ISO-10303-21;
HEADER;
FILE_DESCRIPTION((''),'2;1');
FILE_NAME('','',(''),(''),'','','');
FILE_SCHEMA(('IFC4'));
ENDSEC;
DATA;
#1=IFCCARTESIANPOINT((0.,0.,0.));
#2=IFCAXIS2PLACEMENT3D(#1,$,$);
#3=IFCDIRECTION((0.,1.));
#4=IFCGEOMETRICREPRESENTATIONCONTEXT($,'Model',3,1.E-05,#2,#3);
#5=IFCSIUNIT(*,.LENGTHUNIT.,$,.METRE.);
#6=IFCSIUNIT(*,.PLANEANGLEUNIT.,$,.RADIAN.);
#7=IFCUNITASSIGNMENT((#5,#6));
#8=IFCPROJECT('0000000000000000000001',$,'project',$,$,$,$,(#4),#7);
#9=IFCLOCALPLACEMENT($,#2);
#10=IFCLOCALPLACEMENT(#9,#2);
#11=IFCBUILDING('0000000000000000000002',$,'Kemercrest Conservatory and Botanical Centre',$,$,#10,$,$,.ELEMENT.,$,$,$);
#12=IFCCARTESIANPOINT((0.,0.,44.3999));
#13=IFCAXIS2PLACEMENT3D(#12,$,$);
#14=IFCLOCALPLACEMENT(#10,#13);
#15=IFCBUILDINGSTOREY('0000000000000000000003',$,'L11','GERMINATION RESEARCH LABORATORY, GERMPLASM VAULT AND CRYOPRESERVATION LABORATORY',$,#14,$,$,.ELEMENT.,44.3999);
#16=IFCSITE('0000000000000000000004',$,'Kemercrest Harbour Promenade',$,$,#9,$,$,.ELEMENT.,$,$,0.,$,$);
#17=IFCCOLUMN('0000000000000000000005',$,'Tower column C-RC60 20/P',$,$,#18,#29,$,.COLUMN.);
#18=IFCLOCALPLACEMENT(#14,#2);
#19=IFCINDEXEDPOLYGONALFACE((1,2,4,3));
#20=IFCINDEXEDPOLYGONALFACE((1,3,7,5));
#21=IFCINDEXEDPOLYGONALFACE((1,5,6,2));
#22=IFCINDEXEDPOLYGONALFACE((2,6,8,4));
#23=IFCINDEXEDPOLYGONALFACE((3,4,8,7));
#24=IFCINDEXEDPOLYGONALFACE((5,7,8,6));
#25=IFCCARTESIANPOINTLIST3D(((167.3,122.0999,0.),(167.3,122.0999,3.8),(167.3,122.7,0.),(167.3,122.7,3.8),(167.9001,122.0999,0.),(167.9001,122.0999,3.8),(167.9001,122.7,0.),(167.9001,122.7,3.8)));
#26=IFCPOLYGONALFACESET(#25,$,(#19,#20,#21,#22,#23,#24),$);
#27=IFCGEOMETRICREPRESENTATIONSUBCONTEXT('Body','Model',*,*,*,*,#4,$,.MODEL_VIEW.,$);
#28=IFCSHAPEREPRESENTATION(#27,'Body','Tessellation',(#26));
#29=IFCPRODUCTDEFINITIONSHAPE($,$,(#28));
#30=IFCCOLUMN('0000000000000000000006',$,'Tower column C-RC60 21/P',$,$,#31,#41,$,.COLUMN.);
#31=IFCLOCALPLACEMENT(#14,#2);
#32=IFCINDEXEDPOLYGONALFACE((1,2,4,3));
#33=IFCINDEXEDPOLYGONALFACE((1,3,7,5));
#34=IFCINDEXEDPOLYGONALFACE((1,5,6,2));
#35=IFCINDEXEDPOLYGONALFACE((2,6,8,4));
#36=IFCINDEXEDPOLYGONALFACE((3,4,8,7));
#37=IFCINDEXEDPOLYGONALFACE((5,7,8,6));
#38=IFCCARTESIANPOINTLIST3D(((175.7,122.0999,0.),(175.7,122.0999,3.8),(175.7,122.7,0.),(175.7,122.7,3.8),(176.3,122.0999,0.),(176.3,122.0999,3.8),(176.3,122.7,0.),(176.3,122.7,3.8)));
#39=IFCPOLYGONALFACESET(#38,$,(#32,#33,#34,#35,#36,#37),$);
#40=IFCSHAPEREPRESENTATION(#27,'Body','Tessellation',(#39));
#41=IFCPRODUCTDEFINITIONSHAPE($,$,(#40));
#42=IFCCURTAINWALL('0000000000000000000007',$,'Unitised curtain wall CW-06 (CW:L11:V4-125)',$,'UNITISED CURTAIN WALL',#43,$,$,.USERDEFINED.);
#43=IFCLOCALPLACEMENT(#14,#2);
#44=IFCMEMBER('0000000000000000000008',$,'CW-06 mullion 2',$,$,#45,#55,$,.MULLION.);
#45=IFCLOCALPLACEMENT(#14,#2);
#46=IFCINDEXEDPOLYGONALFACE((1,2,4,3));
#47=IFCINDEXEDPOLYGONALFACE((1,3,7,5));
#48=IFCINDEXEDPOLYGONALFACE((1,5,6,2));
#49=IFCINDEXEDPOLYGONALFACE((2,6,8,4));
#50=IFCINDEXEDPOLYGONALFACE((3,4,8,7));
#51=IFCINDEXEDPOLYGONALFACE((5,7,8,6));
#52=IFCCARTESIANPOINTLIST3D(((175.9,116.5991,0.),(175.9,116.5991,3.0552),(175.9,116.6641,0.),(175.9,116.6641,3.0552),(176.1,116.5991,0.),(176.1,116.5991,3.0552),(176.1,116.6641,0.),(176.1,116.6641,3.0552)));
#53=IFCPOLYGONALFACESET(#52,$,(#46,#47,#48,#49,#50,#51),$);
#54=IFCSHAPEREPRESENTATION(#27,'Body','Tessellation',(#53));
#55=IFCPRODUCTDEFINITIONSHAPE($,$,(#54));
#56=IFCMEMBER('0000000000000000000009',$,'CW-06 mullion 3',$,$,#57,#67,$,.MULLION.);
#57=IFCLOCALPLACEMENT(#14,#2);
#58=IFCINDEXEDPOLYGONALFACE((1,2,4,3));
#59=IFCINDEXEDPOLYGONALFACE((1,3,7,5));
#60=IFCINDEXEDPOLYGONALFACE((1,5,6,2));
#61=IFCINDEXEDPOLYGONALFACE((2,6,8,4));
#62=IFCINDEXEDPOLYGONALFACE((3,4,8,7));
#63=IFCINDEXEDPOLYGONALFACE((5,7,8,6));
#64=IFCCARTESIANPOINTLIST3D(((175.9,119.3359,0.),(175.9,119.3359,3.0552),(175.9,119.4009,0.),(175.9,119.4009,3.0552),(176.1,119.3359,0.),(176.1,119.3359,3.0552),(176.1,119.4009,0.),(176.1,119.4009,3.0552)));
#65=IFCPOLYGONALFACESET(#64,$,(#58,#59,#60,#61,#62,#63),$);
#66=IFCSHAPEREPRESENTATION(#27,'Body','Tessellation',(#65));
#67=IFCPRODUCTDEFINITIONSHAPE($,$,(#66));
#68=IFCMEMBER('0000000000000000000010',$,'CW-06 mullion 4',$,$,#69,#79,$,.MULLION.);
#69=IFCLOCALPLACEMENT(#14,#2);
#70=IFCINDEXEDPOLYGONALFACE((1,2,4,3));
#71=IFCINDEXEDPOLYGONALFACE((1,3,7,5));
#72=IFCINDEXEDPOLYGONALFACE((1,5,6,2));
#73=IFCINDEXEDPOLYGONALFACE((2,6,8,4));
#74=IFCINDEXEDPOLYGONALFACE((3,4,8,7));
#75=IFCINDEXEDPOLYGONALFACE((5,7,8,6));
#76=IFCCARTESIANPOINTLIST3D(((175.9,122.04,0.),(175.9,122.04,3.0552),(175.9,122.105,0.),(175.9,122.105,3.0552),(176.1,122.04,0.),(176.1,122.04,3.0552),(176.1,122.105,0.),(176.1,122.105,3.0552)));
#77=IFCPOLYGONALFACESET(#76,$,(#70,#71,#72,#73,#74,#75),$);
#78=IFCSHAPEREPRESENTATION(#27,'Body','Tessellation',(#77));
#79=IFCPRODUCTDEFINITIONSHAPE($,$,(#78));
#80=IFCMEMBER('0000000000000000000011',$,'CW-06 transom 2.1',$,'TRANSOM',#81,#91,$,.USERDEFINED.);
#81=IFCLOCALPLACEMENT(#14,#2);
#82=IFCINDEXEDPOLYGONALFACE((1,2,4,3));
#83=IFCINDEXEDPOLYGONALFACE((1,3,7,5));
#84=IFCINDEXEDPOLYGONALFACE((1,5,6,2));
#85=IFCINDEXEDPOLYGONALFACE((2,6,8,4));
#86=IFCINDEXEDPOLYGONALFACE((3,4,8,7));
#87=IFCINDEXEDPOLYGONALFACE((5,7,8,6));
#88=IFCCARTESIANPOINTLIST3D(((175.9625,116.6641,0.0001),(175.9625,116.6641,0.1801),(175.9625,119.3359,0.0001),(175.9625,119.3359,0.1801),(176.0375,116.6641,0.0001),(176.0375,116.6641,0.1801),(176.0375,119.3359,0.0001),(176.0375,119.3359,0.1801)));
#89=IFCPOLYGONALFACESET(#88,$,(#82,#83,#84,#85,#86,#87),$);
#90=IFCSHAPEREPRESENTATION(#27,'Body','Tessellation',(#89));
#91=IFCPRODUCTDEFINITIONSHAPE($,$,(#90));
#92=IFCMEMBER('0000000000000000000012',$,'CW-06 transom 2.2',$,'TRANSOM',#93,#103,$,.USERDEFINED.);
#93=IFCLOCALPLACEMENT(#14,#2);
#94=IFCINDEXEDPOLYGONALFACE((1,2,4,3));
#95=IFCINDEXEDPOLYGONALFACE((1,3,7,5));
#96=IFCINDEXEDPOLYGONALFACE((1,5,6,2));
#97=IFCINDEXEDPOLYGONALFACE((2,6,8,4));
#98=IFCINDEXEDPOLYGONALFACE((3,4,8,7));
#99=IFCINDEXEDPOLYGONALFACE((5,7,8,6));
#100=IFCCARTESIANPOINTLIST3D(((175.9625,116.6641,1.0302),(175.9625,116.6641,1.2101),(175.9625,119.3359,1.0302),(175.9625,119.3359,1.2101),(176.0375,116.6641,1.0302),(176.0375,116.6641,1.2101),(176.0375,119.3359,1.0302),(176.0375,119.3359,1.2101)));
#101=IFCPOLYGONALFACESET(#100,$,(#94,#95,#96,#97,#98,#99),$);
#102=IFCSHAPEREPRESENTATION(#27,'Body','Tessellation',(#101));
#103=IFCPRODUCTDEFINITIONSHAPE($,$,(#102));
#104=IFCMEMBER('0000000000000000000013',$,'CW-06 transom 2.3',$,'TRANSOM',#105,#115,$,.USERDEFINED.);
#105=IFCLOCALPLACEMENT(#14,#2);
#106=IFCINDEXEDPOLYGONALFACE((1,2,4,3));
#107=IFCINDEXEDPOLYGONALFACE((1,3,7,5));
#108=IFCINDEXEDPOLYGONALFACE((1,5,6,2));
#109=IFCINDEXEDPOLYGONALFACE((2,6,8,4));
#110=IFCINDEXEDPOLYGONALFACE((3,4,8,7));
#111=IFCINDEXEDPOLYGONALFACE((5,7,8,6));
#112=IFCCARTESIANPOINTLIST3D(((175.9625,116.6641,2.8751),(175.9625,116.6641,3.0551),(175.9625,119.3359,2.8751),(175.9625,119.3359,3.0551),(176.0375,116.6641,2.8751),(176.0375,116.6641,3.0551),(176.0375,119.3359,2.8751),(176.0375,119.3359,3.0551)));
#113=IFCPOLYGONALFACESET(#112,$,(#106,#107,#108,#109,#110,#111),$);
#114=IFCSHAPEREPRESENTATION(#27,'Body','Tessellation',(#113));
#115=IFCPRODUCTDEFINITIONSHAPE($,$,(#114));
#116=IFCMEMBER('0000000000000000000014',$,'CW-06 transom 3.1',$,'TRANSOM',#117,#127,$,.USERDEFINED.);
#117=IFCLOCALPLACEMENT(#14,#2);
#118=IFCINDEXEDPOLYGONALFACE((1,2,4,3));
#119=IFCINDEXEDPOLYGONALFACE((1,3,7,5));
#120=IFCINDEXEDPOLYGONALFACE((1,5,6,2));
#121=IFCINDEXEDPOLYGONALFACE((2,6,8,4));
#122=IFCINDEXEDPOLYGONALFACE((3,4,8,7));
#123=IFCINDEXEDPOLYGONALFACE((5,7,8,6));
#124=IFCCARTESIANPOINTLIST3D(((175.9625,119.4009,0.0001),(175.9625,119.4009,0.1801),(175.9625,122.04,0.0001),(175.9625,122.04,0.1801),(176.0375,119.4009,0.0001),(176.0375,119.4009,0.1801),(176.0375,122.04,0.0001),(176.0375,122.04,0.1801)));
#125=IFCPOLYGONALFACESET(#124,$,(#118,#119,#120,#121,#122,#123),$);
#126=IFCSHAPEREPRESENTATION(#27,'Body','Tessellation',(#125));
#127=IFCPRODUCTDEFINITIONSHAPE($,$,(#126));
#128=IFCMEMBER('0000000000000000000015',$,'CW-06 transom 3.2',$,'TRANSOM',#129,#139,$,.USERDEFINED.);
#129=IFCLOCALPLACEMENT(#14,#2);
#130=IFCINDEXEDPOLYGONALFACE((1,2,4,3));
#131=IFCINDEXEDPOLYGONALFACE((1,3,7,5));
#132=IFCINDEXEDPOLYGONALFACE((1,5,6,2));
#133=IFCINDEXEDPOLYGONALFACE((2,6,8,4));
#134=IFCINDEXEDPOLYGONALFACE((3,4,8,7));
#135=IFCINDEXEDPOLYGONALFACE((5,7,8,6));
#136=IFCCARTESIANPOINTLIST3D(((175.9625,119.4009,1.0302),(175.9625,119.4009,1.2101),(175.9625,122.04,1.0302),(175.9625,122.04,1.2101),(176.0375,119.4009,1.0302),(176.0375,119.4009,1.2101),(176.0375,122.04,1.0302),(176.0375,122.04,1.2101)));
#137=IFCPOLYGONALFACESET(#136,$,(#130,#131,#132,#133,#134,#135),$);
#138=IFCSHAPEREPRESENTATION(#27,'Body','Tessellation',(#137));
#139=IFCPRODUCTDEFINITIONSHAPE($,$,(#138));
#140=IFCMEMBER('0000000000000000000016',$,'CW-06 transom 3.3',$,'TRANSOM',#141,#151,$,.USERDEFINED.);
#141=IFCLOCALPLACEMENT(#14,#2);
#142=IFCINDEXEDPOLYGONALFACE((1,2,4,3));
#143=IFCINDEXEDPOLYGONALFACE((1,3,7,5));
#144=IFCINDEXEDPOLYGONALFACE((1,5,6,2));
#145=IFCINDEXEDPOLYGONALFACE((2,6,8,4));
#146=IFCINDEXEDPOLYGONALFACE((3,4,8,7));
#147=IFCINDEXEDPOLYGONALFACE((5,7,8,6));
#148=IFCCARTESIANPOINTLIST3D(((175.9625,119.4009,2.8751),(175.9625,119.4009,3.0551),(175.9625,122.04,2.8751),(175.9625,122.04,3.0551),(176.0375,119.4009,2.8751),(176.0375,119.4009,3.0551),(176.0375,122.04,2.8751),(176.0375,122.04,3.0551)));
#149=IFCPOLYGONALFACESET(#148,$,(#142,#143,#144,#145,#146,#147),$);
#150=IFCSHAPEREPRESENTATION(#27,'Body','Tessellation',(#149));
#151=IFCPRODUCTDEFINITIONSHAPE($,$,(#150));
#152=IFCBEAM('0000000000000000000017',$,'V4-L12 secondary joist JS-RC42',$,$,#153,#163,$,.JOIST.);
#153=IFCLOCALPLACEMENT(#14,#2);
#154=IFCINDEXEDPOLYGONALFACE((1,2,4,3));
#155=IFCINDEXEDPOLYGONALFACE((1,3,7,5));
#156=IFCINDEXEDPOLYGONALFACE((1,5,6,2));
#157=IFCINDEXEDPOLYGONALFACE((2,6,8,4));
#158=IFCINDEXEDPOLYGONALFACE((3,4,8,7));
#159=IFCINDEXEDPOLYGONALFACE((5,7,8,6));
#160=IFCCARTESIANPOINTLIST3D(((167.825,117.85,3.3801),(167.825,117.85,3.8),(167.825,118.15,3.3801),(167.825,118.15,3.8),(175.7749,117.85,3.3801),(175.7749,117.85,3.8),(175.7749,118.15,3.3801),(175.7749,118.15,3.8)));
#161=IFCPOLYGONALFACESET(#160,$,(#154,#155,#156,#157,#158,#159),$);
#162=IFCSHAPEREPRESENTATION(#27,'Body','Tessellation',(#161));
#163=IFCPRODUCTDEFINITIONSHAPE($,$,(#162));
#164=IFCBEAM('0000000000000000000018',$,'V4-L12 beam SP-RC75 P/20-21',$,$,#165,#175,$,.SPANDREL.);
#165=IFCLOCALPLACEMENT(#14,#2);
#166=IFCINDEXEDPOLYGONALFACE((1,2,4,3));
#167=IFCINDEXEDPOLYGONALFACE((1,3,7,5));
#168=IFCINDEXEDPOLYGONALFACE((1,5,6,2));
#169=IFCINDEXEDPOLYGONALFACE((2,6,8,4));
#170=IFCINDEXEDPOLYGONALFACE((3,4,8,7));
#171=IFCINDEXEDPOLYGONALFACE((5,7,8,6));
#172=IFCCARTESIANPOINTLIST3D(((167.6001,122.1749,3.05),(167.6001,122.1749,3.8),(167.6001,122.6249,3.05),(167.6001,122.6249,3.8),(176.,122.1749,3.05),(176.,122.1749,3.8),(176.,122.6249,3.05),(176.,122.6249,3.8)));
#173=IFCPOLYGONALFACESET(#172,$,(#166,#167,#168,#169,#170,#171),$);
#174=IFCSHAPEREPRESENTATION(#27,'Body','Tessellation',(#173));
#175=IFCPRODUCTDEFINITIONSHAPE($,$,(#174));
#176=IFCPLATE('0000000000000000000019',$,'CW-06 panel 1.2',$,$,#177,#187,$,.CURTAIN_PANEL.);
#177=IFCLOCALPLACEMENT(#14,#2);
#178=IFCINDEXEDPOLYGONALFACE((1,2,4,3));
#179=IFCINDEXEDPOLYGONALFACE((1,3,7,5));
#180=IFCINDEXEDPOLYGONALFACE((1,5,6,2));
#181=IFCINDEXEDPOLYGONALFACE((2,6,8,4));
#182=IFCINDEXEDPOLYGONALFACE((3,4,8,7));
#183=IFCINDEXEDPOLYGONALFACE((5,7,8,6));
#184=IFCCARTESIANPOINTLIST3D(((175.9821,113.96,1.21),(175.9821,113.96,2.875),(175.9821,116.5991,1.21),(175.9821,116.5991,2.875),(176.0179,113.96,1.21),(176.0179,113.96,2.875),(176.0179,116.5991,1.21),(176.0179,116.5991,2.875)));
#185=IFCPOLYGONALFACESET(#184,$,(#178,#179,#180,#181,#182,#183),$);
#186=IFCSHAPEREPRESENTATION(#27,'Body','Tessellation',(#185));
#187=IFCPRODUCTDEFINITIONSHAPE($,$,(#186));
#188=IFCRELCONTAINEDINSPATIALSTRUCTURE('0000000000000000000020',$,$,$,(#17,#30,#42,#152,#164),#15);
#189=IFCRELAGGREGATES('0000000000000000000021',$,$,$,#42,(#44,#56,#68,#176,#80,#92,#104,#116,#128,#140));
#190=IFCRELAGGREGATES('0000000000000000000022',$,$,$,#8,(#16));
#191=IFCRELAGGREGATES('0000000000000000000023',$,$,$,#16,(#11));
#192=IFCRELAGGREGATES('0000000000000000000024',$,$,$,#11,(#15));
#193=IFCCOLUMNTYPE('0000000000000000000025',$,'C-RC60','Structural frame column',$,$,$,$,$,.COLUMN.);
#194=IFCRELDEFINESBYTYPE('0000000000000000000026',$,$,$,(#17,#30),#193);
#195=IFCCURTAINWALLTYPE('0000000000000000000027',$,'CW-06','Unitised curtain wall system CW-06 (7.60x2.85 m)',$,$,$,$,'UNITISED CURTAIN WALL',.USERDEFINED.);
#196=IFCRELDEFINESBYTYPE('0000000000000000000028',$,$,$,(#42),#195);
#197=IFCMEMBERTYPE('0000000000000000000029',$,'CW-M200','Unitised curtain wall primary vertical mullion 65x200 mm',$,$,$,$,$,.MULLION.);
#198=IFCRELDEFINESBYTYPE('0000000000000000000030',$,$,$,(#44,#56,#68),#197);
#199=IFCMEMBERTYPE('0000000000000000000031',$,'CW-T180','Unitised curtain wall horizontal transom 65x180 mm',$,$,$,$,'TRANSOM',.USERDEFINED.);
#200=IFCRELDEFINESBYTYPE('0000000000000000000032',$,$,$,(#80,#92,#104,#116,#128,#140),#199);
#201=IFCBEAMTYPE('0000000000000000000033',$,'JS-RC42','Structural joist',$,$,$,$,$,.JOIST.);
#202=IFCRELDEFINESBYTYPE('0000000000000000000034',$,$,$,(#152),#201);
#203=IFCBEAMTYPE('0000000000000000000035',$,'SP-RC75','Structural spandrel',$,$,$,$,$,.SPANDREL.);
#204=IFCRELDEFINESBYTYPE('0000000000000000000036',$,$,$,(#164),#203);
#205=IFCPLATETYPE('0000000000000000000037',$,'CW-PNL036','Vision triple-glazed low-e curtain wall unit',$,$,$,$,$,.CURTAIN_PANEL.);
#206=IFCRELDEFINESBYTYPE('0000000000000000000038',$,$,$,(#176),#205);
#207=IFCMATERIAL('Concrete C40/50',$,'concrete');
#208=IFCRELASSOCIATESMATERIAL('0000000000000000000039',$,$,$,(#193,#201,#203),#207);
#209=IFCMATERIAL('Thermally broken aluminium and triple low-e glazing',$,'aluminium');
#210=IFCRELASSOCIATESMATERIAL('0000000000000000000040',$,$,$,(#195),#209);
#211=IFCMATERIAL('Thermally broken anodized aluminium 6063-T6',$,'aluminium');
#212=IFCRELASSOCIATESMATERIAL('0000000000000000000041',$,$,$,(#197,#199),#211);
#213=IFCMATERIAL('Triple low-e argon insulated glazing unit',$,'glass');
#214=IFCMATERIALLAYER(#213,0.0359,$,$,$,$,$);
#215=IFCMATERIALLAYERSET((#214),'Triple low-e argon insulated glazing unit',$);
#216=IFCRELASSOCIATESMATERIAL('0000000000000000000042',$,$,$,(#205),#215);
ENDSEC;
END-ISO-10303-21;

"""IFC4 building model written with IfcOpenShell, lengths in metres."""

from ifc_helpers import new_model, si_unit, direction, frame, origin, origin_2d, place, context, subcontext, project, spatial, rectangle, extrude, material, layer, layer_set, material_profile, profile_set, type_object, element, aggregate, save


model = new_model("IFC4")

# Units and contexts
model_context = context("Model", 3, precision=1e-05, world=origin(), true_north=direction((0.0, 1.0)))
body_context = subcontext(model_context, "Body", "Model", "MODEL_VIEW")
ifc_project = project(units=[si_unit("LENGTHUNIT", "METRE"), si_unit("PLANEANGLEUNIT", "RADIAN")], contexts=[model_context])

# Site, building, storey
site_placement = place(None, origin())
site = spatial("IfcSite", under=ifc_project, at=site_placement, Name="Kemercrest Harbour Promenade", CompositionType="ELEMENT", RefElevation=0.0)
building_placement = place(site_placement, origin())
building = spatial("IfcBuilding", under=site, at=building_placement, Name="Kemercrest Conservatory and Botanical Centre", CompositionType="ELEMENT")
storey_placement = place(building_placement, frame((0.0, 0.0, 44.3999)))
storey = spatial("IfcBuildingStorey", under=building, at=storey_placement, Name="L11", Description="GERMINATION RESEARCH LABORATORY, GERMPLASM VAULT AND CRYOPRESERVATION LABORATORY", CompositionType="ELEMENT", Elevation=44.3999)

# Columns
ifc_material_1 = material(Name="Concrete C40/50", Category="concrete")
ifc_material_profile_1 = material_profile(ifc_material_1, rectangle(XDim=0.6001, YDim=0.6001, at=origin_2d()), Name="RC 600x600")
ifc_profile_set_1 = profile_set([ifc_material_profile_1], Name="Concrete C40/50")
column_type = type_object("IfcColumnType", Name="C-RC60", Description="Structural frame column", PredefinedType="COLUMN", material=ifc_profile_set_1)
for number, where, z_axis, x_axis, name in (
    (1, (167.6001, 122.3999, 0.0), (0.0, 0.0, 1.0), (1.0, 0.0, 0.0), "Tower column C-RC60 20/P"),
    (2, (176.0, 122.3999, 0.0), (0.0, 0.0, 1.0), (1.0, 0.0, 0.0), "Tower column C-RC60 21/P"),
):
    element("IfcColumn", number, at=place(storey_placement, frame(where, z_axis=z_axis, x_axis=x_axis)), inside=storey, type_object=column_type, Name=name, PredefinedType="COLUMN", context=body_context, shape_type="SweptSolid", body=[
        extrude(rectangle(XDim=0.6001, YDim=0.6001, at=origin_2d()), origin(), (0.0, 0.0, 1.0), 3.8),
    ])

# Curtain wall, members
ifc_material_2 = material(Name="Thermally broken aluminium and triple low-e glazing", Category="aluminium")
curtain_wall_type = type_object("IfcCurtainWallType", Name="CW-06", Description="Unitised curtain wall system CW-06 (7.60x2.85 m)", ElementType="UNITISED CURTAIN WALL", PredefinedType="USERDEFINED", material=ifc_material_2)
curtain_wall_placement = place(storey_placement, origin())
curtain_wall = element("IfcCurtainWall", 3, at=curtain_wall_placement, inside=storey, type_object=curtain_wall_type, Name="Unitised curtain wall CW-06 (CW:L11:V4-125)", ObjectType="UNITISED CURTAIN WALL", PredefinedType="USERDEFINED")
ifc_material_3 = material(Name="Thermally broken anodized aluminium 6063-T6", Category="aluminium")
ifc_material_profile_2 = material_profile(ifc_material_3, rectangle(XDim=0.2, YDim=0.0649, at=origin_2d()), Name="AL MULLION 65x200")
ifc_profile_set_2 = profile_set([ifc_material_profile_2], Name="Thermally broken anodized aluminium 6063-T6")
member_type_1 = type_object("IfcMemberType", Name="CW-M200", Description="Unitised curtain wall primary vertical mullion 65x200 mm", PredefinedType="MULLION", material=ifc_profile_set_2)
member_1_placement = place(storey_placement, frame((176.0, 116.6316, 0.0), z_axis=(0.0, 0.0, 1.0), x_axis=(-1.0, 0.0, 0.0)))
member_1 = element("IfcMember", 4, at=member_1_placement, type_object=member_type_1, Name="CW-06 mullion 2", PredefinedType="MULLION", context=body_context, shape_type="SweptSolid", body=[
    extrude(rectangle(XDim=0.2, YDim=0.0649, at=origin_2d()), origin(), (0.0, 0.0, 1.0), 3.0552),
])
member_2_placement = place(storey_placement, frame((176.0, 119.3684, 0.0), z_axis=(0.0, 0.0, 1.0), x_axis=(-1.0, 0.0, 0.0)))
member_2 = element("IfcMember", 5, at=member_2_placement, type_object=member_type_1, Name="CW-06 mullion 3", PredefinedType="MULLION", context=body_context, shape_type="SweptSolid", body=[
    extrude(rectangle(XDim=0.2, YDim=0.0649, at=origin_2d()), origin(), (0.0, 0.0, 1.0), 3.0552),
])
member_3_placement = place(storey_placement, frame((176.0, 122.0725, 0.0), z_axis=(0.0, 0.0, 1.0), x_axis=(-1.0, 0.0, 0.0)))
member_3 = element("IfcMember", 6, at=member_3_placement, type_object=member_type_1, Name="CW-06 mullion 4", PredefinedType="MULLION", context=body_context, shape_type="SweptSolid", body=[
    extrude(rectangle(XDim=0.2, YDim=0.0649, at=origin_2d()), origin(), (0.0, 0.0, 1.0), 3.0552),
])
ifc_material_profile_3 = material_profile(ifc_material_3, rectangle(XDim=0.075, YDim=0.1799, at=origin_2d()), Name="AL TRANSOM 75x180")
ifc_profile_set_3 = profile_set([ifc_material_profile_3], Name="Thermally broken anodized aluminium 6063-T6")
member_type_2 = type_object("IfcMemberType", Name="CW-T180", Description="Unitised curtain wall horizontal transom 65x180 mm", ElementType="TRANSOM", PredefinedType="USERDEFINED", material=ifc_profile_set_3)
member_4_placement = place(storey_placement, frame((176.0, 116.6641, 0.0901), z_axis=(0.0, 1.0, 0.0), x_axis=(-1.0, 0.0, 0.0)))
member_4 = element("IfcMember", 7, at=member_4_placement, type_object=member_type_2, Name="CW-06 transom 2.1", ObjectType="TRANSOM", PredefinedType="USERDEFINED", context=body_context, shape_type="SweptSolid", body=[
    extrude(rectangle(XDim=0.075, YDim=0.1799, at=origin_2d()), origin(), (0.0, 0.0, 1.0), 2.6719),
])
member_5_placement = place(storey_placement, frame((176.0, 116.6641, 1.1201), z_axis=(0.0, 1.0, 0.0), x_axis=(-1.0, 0.0, 0.0)))
member_5 = element("IfcMember", 8, at=member_5_placement, type_object=member_type_2, Name="CW-06 transom 2.2", ObjectType="TRANSOM", PredefinedType="USERDEFINED", context=body_context, shape_type="SweptSolid", body=[
    extrude(rectangle(XDim=0.075, YDim=0.1799, at=origin_2d()), origin(), (0.0, 0.0, 1.0), 2.6719),
])
member_6_placement = place(storey_placement, frame((176.0, 116.6641, 2.9651), z_axis=(0.0, 1.0, 0.0), x_axis=(-1.0, 0.0, 0.0)))
member_6 = element("IfcMember", 9, at=member_6_placement, type_object=member_type_2, Name="CW-06 transom 2.3", ObjectType="TRANSOM", PredefinedType="USERDEFINED", context=body_context, shape_type="SweptSolid", body=[
    extrude(rectangle(XDim=0.075, YDim=0.1799, at=origin_2d()), origin(), (0.0, 0.0, 1.0), 2.6719),
])
member_7_placement = place(storey_placement, frame((176.0, 119.4009, 0.0901), z_axis=(0.0, 1.0, 0.0), x_axis=(-1.0, 0.0, 0.0)))
member_7 = element("IfcMember", 10, at=member_7_placement, type_object=member_type_2, Name="CW-06 transom 3.1", ObjectType="TRANSOM", PredefinedType="USERDEFINED", context=body_context, shape_type="SweptSolid", body=[
    extrude(rectangle(XDim=0.075, YDim=0.1799, at=origin_2d()), origin(), (0.0, 0.0, 1.0), 2.6392),
])
member_8_placement = place(storey_placement, frame((176.0, 119.4009, 1.1201), z_axis=(0.0, 1.0, 0.0), x_axis=(-1.0, 0.0, 0.0)))
member_8 = element("IfcMember", 11, at=member_8_placement, type_object=member_type_2, Name="CW-06 transom 3.2", ObjectType="TRANSOM", PredefinedType="USERDEFINED", context=body_context, shape_type="SweptSolid", body=[
    extrude(rectangle(XDim=0.075, YDim=0.1799, at=origin_2d()), origin(), (0.0, 0.0, 1.0), 2.6392),
])
member_9_placement = place(storey_placement, frame((176.0, 119.4009, 2.9651), z_axis=(0.0, 1.0, 0.0), x_axis=(-1.0, 0.0, 0.0)))
member_9 = element("IfcMember", 12, at=member_9_placement, type_object=member_type_2, Name="CW-06 transom 3.3", ObjectType="TRANSOM", PredefinedType="USERDEFINED", context=body_context, shape_type="SweptSolid", body=[
    extrude(rectangle(XDim=0.075, YDim=0.1799, at=origin_2d()), origin(), (0.0, 0.0, 1.0), 2.6392),
])

# Beams
ifc_material_profile_4 = material_profile(ifc_material_1, rectangle(XDim=0.3, YDim=0.4199, at=origin_2d()), Name="RC 300x420")
ifc_profile_set_4 = profile_set([ifc_material_profile_4], Name="Concrete C40/50")
beam_type_1 = type_object("IfcBeamType", Name="JS-RC42", Description="Structural joist", PredefinedType="JOIST", material=ifc_profile_set_4)
beam_1_placement = place(storey_placement, frame((167.825, 118.0, 3.5901), z_axis=(1.0, 0.0, 0.0), x_axis=(0.0, 1.0, 0.0)))
element("IfcBeam", 13, at=beam_1_placement, inside=storey, type_object=beam_type_1, Name="V4-L12 secondary joist JS-RC42", PredefinedType="JOIST", context=body_context, shape_type="SweptSolid", body=[
    extrude(rectangle(XDim=0.3, YDim=0.4199, at=origin_2d()), origin(), (0.0, 0.0, 1.0), 7.95),
])
ifc_material_profile_5 = material_profile(ifc_material_1, rectangle(XDim=0.45, YDim=0.75, at=origin_2d()), Name="RC 450x750")
ifc_profile_set_5 = profile_set([ifc_material_profile_5], Name="Concrete C40/50")
beam_type_2 = type_object("IfcBeamType", Name="SP-RC75", Description="Structural spandrel", PredefinedType="SPANDREL", material=ifc_profile_set_5)
beam_2_placement = place(storey_placement, frame((167.6001, 122.3999, 3.425), z_axis=(1.0, 0.0, 0.0), x_axis=(0.0, 1.0, 0.0)))
element("IfcBeam", 14, at=beam_2_placement, inside=storey, type_object=beam_type_2, Name="V4-L12 beam SP-RC75 P/20-21", PredefinedType="SPANDREL", context=body_context, shape_type="SweptSolid", body=[
    extrude(rectangle(XDim=0.45, YDim=0.75, at=origin_2d()), origin(), (0.0, 0.0, 1.0), 8.3999),
])

# Plate
ifc_material_4 = material(Name="Triple low-e argon insulated glazing unit", Category="glass")
ifc_layer_1 = layer(ifc_material_4, 0.0359)
ifc_layer_set_1 = layer_set([ifc_layer_1], Name="Triple low-e argon insulated glazing unit")
plate_type = type_object("IfcPlateType", Name="CW-PNL036", Description="Vision triple-glazed low-e curtain wall unit", PredefinedType="CURTAIN_PANEL", material=ifc_layer_set_1)
plate_1_placement = place(storey_placement, frame((176.0, 115.2795, 1.21), z_axis=(0.0, 0.0, 1.0), x_axis=(0.0, 1.0, 0.0)))
plate_1 = element("IfcPlate", 15, at=plate_1_placement, type_object=plate_type, Name="CW-06 panel 1.2", PredefinedType="CURTAIN_PANEL", context=body_context, shape_type="SweptSolid", body=[
    extrude(rectangle(XDim=2.6392, YDim=0.0359, at=origin_2d()), origin(), (0.0, 0.0, 1.0), 1.665),
])
aggregate(curtain_wall, [member_1, member_2, member_3, plate_1, member_4, member_5, member_6, member_7, member_8, member_9])

save(model, "model.ifc")
